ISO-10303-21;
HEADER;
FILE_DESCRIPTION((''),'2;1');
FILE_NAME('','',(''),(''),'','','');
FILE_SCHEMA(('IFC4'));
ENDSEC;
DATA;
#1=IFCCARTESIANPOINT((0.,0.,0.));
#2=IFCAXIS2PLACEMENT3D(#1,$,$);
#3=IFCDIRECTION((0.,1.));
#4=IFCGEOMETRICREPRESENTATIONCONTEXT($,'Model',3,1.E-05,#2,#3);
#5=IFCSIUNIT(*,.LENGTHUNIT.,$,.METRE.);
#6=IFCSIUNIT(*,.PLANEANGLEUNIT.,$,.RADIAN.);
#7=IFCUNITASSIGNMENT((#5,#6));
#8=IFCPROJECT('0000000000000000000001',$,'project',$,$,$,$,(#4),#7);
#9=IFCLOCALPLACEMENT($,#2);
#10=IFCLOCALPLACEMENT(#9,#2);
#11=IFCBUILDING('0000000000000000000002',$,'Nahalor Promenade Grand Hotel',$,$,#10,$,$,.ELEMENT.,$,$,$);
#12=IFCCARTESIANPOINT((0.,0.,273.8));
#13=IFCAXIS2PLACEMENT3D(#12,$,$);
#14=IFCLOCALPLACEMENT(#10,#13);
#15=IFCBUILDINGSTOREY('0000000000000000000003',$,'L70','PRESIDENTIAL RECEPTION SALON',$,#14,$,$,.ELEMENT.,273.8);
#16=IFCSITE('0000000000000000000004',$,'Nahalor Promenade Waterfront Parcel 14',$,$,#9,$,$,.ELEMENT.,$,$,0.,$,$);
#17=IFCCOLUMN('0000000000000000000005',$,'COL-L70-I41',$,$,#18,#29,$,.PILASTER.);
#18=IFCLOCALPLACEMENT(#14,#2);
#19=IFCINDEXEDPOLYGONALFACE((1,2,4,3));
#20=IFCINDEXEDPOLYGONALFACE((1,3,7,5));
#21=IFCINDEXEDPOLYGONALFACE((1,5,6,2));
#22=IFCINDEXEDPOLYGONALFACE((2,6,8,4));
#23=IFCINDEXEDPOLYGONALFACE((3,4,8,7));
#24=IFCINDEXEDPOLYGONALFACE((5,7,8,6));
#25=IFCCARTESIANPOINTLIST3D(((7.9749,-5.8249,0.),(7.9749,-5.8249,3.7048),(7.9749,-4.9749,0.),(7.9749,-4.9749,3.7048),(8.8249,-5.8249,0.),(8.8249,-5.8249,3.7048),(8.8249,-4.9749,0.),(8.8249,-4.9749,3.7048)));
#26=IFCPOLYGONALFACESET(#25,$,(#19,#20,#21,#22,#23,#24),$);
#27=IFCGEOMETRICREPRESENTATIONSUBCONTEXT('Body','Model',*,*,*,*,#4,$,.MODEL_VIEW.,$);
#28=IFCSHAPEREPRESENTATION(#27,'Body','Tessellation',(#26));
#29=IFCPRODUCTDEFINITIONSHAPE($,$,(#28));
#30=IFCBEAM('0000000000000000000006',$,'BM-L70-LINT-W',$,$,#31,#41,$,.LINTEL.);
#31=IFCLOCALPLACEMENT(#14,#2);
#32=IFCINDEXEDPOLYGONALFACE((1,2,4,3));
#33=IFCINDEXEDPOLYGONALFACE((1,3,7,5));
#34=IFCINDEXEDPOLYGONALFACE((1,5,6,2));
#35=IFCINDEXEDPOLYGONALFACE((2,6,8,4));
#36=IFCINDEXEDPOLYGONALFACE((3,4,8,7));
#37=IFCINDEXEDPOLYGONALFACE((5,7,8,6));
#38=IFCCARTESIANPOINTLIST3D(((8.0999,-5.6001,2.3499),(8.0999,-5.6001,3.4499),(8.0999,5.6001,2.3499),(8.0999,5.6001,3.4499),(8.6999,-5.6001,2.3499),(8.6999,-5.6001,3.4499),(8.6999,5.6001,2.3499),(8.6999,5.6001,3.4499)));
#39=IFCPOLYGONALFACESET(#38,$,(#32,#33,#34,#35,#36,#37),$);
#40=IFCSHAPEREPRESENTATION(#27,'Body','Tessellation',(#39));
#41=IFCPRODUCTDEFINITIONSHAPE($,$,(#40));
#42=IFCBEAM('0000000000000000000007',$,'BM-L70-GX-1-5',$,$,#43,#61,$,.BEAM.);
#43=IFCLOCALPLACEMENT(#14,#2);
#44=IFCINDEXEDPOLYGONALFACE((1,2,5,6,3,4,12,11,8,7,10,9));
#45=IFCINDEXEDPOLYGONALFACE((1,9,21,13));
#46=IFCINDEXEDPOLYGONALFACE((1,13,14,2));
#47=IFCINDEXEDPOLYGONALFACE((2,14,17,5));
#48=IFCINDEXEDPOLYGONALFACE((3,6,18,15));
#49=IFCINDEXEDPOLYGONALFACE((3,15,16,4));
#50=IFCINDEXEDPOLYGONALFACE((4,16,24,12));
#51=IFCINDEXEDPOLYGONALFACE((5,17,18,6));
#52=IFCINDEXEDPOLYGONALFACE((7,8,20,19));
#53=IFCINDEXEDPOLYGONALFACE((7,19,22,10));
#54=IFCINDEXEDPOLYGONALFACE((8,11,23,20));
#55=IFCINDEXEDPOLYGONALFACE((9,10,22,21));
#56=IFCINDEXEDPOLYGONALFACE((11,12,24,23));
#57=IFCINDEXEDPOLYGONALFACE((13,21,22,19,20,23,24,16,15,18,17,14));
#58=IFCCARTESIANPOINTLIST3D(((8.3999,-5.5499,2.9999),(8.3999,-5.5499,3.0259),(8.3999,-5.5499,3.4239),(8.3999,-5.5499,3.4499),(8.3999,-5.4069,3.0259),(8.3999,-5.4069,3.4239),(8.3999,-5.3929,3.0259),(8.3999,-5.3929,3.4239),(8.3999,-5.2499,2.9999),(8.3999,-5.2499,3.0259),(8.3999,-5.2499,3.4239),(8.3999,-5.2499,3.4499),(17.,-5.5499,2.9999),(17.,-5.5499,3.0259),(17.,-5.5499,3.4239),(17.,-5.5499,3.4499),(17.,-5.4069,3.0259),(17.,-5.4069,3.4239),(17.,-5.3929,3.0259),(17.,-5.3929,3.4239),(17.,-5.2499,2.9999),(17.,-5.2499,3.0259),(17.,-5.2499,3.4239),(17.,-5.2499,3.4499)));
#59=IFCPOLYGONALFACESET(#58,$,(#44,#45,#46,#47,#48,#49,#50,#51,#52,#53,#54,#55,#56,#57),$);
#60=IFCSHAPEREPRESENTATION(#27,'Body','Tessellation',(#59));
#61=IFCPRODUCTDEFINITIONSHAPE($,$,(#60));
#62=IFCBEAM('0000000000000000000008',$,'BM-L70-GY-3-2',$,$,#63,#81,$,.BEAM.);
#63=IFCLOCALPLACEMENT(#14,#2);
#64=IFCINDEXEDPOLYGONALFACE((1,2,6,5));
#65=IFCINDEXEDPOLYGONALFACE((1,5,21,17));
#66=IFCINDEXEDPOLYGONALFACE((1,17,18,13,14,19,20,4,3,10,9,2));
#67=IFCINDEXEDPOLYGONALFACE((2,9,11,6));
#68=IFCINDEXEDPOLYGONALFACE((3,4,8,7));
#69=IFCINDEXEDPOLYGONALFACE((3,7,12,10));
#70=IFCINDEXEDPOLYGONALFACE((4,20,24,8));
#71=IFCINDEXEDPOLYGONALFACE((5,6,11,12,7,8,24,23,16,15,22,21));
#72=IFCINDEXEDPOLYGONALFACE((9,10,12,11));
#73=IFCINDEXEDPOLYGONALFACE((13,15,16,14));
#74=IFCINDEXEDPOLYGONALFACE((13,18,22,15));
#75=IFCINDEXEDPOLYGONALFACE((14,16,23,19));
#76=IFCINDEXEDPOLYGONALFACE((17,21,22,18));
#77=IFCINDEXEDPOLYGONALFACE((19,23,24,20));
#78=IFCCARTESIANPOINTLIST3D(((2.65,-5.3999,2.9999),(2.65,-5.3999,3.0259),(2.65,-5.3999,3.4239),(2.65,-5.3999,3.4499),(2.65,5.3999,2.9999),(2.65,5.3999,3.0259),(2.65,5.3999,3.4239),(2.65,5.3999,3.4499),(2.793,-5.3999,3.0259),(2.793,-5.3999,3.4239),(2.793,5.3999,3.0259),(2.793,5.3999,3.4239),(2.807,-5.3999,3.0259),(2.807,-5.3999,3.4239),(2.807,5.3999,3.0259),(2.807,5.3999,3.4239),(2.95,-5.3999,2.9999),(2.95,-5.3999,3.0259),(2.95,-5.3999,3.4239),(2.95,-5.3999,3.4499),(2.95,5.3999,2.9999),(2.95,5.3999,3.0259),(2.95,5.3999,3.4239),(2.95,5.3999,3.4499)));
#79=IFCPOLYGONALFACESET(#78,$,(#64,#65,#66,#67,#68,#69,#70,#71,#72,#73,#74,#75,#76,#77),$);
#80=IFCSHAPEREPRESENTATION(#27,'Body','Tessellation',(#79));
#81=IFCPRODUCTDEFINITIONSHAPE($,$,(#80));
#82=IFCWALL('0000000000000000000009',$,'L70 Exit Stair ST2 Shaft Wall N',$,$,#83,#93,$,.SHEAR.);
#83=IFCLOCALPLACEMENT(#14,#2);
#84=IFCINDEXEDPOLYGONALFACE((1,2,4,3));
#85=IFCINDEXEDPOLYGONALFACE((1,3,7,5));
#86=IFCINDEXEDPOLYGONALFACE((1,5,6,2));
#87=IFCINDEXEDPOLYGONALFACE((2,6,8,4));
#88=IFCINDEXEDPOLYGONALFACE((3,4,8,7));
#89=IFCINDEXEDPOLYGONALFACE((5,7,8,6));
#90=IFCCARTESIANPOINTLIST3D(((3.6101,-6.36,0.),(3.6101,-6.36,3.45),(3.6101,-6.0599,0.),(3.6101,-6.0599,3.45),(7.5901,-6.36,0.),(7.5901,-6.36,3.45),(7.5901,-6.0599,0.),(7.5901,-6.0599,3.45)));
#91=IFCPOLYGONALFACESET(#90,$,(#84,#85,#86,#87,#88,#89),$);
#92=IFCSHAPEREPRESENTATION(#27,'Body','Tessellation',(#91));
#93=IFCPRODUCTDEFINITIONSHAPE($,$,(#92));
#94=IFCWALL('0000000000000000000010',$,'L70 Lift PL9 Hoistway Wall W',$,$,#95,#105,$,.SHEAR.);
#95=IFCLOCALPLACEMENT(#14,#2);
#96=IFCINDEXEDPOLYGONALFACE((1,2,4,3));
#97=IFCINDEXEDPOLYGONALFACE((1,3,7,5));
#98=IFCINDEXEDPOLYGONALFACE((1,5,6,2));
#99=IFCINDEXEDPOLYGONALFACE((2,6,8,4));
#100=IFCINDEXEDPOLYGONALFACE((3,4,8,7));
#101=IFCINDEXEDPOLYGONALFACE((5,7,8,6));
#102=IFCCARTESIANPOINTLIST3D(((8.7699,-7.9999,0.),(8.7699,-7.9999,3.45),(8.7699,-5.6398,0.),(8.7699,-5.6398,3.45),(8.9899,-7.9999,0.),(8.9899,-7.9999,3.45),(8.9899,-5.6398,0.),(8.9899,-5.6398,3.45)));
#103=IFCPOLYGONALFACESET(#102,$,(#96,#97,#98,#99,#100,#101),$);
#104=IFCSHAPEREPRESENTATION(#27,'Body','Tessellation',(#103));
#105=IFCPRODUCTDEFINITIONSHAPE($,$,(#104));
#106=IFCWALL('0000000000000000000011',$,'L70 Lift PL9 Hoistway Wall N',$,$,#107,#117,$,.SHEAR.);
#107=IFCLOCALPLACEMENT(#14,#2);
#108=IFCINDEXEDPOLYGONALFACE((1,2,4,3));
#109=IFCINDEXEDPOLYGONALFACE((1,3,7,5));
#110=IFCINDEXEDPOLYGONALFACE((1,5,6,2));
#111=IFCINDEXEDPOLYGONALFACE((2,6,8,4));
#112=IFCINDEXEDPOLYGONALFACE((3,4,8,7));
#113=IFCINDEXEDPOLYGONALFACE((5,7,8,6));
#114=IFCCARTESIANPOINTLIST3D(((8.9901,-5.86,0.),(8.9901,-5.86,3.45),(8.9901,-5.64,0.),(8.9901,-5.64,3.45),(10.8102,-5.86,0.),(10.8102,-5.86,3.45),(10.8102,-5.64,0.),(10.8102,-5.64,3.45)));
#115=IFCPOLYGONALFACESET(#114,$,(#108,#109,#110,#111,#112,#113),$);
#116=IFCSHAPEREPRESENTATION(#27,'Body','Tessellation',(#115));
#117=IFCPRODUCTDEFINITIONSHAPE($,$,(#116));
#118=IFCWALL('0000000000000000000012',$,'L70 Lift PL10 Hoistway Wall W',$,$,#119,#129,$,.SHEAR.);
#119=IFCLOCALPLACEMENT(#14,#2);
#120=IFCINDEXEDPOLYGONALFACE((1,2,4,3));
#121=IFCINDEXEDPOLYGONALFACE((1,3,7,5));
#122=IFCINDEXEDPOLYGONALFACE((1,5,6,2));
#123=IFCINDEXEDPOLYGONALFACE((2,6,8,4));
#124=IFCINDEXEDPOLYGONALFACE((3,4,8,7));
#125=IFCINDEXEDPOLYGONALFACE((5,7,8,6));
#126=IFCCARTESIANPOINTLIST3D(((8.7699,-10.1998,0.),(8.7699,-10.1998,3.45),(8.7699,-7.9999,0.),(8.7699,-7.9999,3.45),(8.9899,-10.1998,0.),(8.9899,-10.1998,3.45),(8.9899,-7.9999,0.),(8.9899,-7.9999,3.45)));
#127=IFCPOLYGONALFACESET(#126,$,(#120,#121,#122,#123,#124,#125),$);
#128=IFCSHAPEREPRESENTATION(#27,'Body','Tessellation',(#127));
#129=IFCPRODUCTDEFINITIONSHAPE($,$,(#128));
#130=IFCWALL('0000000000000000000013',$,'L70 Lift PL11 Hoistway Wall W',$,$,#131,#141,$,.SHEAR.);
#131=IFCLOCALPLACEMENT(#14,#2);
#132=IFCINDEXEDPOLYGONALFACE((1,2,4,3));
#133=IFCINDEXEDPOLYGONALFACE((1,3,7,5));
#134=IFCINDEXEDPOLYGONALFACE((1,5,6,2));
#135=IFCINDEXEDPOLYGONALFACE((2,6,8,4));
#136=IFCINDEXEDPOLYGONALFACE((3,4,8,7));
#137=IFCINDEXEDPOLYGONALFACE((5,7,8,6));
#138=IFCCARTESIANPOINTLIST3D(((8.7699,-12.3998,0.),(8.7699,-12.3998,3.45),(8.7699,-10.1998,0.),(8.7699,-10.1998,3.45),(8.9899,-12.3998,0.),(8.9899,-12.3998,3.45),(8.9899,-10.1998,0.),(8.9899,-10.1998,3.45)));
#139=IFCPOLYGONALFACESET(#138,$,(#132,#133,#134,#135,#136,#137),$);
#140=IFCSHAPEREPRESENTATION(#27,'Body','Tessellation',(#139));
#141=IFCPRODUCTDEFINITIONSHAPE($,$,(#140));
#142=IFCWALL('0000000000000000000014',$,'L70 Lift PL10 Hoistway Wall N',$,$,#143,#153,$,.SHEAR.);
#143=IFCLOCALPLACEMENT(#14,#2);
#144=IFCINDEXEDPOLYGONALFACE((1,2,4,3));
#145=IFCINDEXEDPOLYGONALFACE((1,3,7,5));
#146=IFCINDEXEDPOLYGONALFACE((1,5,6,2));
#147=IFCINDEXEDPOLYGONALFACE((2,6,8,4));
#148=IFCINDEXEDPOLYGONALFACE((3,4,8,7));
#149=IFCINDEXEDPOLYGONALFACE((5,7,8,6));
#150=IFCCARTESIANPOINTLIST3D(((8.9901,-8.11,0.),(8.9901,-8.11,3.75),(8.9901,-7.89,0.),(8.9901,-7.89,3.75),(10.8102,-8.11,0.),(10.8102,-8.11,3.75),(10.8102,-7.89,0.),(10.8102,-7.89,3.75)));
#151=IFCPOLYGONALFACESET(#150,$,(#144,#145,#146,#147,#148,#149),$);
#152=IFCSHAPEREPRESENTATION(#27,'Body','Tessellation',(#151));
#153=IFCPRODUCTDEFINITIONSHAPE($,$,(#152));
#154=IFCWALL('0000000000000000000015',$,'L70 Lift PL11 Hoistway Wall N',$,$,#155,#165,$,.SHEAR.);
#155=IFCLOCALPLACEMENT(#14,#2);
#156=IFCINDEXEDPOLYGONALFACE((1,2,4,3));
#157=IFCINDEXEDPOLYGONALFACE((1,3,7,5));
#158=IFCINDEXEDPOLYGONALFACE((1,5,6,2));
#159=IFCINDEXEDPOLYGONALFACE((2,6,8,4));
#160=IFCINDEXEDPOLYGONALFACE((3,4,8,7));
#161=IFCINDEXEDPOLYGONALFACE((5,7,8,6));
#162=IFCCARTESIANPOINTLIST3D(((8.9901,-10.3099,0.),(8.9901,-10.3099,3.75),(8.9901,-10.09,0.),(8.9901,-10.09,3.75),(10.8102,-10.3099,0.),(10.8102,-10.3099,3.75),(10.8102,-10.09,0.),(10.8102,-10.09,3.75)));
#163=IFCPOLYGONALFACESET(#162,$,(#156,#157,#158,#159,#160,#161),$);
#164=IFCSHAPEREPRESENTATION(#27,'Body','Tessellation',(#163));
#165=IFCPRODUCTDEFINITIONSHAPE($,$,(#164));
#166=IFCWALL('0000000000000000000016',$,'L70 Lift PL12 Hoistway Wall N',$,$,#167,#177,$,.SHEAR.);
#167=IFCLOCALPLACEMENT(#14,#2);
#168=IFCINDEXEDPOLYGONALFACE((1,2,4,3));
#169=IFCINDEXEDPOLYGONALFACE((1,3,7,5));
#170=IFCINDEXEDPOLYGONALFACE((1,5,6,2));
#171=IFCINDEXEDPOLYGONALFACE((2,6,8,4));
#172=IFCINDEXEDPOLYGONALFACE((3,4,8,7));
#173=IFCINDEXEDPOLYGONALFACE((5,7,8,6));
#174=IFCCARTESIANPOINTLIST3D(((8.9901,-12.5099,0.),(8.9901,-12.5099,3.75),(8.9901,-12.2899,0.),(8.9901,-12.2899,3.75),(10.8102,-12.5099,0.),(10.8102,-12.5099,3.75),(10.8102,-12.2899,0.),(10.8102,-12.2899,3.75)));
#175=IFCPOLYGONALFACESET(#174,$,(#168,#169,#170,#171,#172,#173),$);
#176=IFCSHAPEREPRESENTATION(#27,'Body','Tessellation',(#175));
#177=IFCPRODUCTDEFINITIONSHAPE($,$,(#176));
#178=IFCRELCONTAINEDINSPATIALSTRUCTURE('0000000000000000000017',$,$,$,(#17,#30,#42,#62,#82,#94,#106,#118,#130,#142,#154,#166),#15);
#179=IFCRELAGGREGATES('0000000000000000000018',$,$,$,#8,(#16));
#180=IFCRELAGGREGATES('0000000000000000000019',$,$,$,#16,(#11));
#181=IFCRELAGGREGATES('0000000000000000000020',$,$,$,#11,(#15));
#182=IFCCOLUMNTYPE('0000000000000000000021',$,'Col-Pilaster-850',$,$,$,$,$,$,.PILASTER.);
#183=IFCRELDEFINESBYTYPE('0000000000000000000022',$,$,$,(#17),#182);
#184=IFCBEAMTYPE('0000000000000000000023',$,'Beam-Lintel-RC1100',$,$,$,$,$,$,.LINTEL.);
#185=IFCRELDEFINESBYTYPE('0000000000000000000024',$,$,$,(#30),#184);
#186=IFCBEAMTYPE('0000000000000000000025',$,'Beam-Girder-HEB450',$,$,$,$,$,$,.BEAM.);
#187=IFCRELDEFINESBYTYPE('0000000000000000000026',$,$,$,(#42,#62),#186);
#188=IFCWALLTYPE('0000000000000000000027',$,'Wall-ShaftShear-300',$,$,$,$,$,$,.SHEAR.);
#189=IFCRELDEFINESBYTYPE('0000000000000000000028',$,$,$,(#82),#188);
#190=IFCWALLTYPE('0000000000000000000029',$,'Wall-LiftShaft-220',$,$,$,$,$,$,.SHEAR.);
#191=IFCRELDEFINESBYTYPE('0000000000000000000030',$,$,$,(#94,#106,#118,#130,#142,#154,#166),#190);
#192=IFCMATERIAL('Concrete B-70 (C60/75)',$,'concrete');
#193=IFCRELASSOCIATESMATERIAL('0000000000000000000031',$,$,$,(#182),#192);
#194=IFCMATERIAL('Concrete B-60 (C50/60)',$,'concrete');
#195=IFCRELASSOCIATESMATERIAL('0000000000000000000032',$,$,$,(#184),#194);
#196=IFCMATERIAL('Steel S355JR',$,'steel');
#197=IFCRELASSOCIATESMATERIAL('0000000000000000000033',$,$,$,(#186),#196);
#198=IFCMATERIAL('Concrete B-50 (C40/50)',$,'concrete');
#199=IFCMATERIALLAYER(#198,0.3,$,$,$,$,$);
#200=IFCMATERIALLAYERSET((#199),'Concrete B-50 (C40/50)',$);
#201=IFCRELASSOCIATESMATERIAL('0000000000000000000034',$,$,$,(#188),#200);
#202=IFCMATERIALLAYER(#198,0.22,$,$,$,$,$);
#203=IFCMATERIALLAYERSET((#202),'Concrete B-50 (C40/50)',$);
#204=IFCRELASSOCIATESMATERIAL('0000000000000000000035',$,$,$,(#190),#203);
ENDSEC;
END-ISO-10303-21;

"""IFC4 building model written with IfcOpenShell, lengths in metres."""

from ifc_helpers import new_model, si_unit, direction, frame, frame_2d, origin, origin_2d, place, context, subcontext, project, spatial, rectangle, i_section, extrude, source, transform, mapped, material, layer, layer_set, material_profile, profile_set, type_object, element, save


model = new_model("IFC4")

# Units and contexts
model_context = context("Model", 3, precision=1e-05, world=origin(), true_north=direction((0.0, 1.0)))
body_context = subcontext(model_context, "Body", "Model", "MODEL_VIEW")
ifc_project = project(units=[si_unit("LENGTHUNIT", "METRE"), si_unit("PLANEANGLEUNIT", "RADIAN")], contexts=[model_context])

# Site, building, storey
site_placement = place(None, origin())
site = spatial("IfcSite", under=ifc_project, at=site_placement, Name="Nahalor Promenade Waterfront Parcel 14", CompositionType="ELEMENT", RefElevation=0.0)
building_placement = place(site_placement, origin())
building = spatial("IfcBuilding", under=site, at=building_placement, Name="Nahalor Promenade Grand Hotel", CompositionType="ELEMENT")
storey_placement = place(building_placement, frame((0.0, 0.0, 273.8)))
storey = spatial("IfcBuildingStorey", under=building, at=storey_placement, Name="L70", Description="PRESIDENTIAL RECEPTION SALON", CompositionType="ELEMENT", Elevation=273.8)

# Column
ifc_material_1 = material(Name="Concrete B-70 (C60/75)", Category="concrete")
ifc_material_profile_1 = material_profile(ifc_material_1, rectangle(XDim=0.85, YDim=0.85, at=origin_2d()), Name="RC 850x850")
ifc_profile_set_1 = profile_set([ifc_material_profile_1], Name="Concrete B-70 (C60/75)")
column_type = type_object("IfcColumnType", Name="Col-Pilaster-850", PredefinedType="PILASTER", material=ifc_profile_set_1)
shared_shape_1 = source(origin(), body_context, "Body", "SweptSolid", [
    extrude(rectangle(XDim=0.85, YDim=0.85, at=origin_2d()), origin(), (0.0, 0.0, 1.0), 3.7048),
])
column_placement = place(storey_placement, frame((8.3999, -5.3999, 0.0), z_axis=(0.0, 0.0, 1.0), x_axis=(1.0, 0.0, 0.0)))
element("IfcColumn", 1, at=column_placement, inside=storey, type_object=column_type, Name="COL-L70-I41", PredefinedType="PILASTER", context=body_context, shape_type="MappedRepresentation", body=[
    mapped(shared_shape_1, transform((0.0, 0.0, 0.0), scale=1.0)),
])

# Beams
ifc_material_2 = material(Name="Concrete B-60 (C50/60)", Category="concrete")
ifc_material_profile_2 = material_profile(ifc_material_2, rectangle(XDim=0.6, YDim=1.1, at=origin_2d()), Name="RC 600x1100")
ifc_profile_set_2 = profile_set([ifc_material_profile_2], Name="Concrete B-60 (C50/60)")
beam_type_1 = type_object("IfcBeamType", Name="Beam-Lintel-RC1100", PredefinedType="LINTEL", material=ifc_profile_set_2)
shared_shape_2 = source(origin(), body_context, "Body", "SweptSolid", [
    extrude(rectangle(XDim=0.6, YDim=1.1, at=origin_2d()), origin(), (0.0, 0.0, 1.0), 11.2002),
])
beam_1_placement = place(storey_placement, frame((8.3999, -5.6001, 2.8999), z_axis=(0.0, 1.0, 0.0), x_axis=(-1.0, 0.0, 0.0)))
element("IfcBeam", 2, at=beam_1_placement, inside=storey, type_object=beam_type_1, Name="BM-L70-LINT-W", PredefinedType="LINTEL", context=body_context, shape_type="MappedRepresentation", body=[
    mapped(shared_shape_2, transform((0.0, 0.0, 0.0), scale=1.0)),
])
ifc_material_3 = material(Name="Steel S355JR", Category="steel")
ifc_material_profile_3 = material_profile(ifc_material_3, i_section(OverallWidth=0.3, OverallDepth=0.45, WebThickness=0.014, FlangeThickness=0.026, at=origin_2d()), Name="HEB 450")
ifc_profile_set_3 = profile_set([ifc_material_profile_3], Name="Steel S355JR")
beam_type_2 = type_object("IfcBeamType", Name="Beam-Girder-HEB450", PredefinedType="BEAM", material=ifc_profile_set_3)
shared_shape_3 = source(origin(), body_context, "Body", "SweptSolid", [
    extrude(i_section(OverallWidth=0.3, OverallDepth=0.45, WebThickness=0.014, FlangeThickness=0.026, at=origin_2d()), origin(), (0.0, 0.0, 1.0), 8.6001),
])
beam_2_placement = place(storey_placement, frame((8.3999, -5.3999, 3.2249), z_axis=(1.0, 0.0, 0.0), x_axis=(0.0, 1.0, 0.0)))
element("IfcBeam", 3, at=beam_2_placement, inside=storey, type_object=beam_type_2, Name="BM-L70-GX-1-5", PredefinedType="BEAM", context=body_context, shape_type="MappedRepresentation", body=[
    mapped(shared_shape_3, transform((0.0, 0.0, 0.0), scale=1.0)),
])
shared_shape_4 = source(origin(), body_context, "Body", "SweptSolid", [
    extrude(i_section(OverallWidth=0.3, OverallDepth=0.45, WebThickness=0.014, FlangeThickness=0.026, at=origin_2d()), origin(), (0.0, 0.0, 1.0), 10.7998),
])
beam_3_placement = place(storey_placement, frame((2.8, -5.3999, 3.2249), z_axis=(0.0, 1.0, 0.0), x_axis=(-1.0, 0.0, 0.0)))
element("IfcBeam", 4, at=beam_3_placement, inside=storey, type_object=beam_type_2, Name="BM-L70-GY-3-2", PredefinedType="BEAM", context=body_context, shape_type="MappedRepresentation", body=[
    mapped(shared_shape_4, transform((0.0, 0.0, 0.0), scale=1.0)),
])

# Walls
ifc_material_4 = material(Name="Concrete B-50 (C40/50)", Category="concrete")
ifc_layer_1 = layer(ifc_material_4, 0.3)
ifc_layer_set_1 = layer_set([ifc_layer_1], Name="Concrete B-50 (C40/50)")
wall_type_1 = type_object("IfcWallType", Name="Wall-ShaftShear-300", PredefinedType="SHEAR", material=ifc_layer_set_1)
shared_shape_5 = source(origin(), body_context, "Body", "SweptSolid", [
    extrude(rectangle(XDim=3.98, YDim=0.3, at=frame_2d((1.99, 0.0))), origin(), (0.0, 0.0, 1.0), 3.45),
])
wall_1_placement = place(storey_placement, frame((3.6101, -6.21, 0.0), z_axis=(0.0, 0.0, 1.0), x_axis=(1.0, 0.0, 0.0)))
element("IfcWall", 5, at=wall_1_placement, inside=storey, type_object=wall_type_1, Name="L70 Exit Stair ST2 Shaft Wall N", PredefinedType="SHEAR", context=body_context, shape_type="MappedRepresentation", body=[
    mapped(shared_shape_5, transform((0.0, 0.0, 0.0), scale=1.0)),
])
ifc_layer_2 = layer(ifc_material_4, 0.22)
ifc_layer_set_2 = layer_set([ifc_layer_2], Name="Concrete B-50 (C40/50)")
wall_type_2 = type_object("IfcWallType", Name="Wall-LiftShaft-220", PredefinedType="SHEAR", material=ifc_layer_set_2)
shared_shape_6 = source(origin(), body_context, "Body", "SweptSolid", [
    extrude(rectangle(XDim=2.3601, YDim=0.22, at=frame_2d((1.1802, 0.0))), origin(), (0.0, 0.0, 1.0), 3.45),
])
wall_2_placement = place(storey_placement, frame((8.8799, -8.0, 0.0), z_axis=(0.0, 0.0, 1.0), x_axis=(0.0, 1.0, 0.0)))
element("IfcWall", 6, at=wall_2_placement, inside=storey, type_object=wall_type_2, Name="L70 Lift PL9 Hoistway Wall W", PredefinedType="SHEAR", context=body_context, shape_type="MappedRepresentation", body=[
    mapped(shared_shape_6, transform((0.0, 0.0, 0.0), scale=1.0)),
])
shared_shape_7 = source(origin(), body_context, "Body", "SweptSolid", [
    extrude(rectangle(XDim=1.8201, YDim=0.22, at=frame_2d((0.9102, 0.0))), origin(), (0.0, 0.0, 1.0), 3.45),
])
wall_3_placement = place(storey_placement, frame((8.99, -5.75, 0.0), z_axis=(0.0, 0.0, 1.0), x_axis=(1.0, 0.0, 0.0)))
element("IfcWall", 7, at=wall_3_placement, inside=storey, type_object=wall_type_2, Name="L70 Lift PL9 Hoistway Wall N", PredefinedType="SHEAR", context=body_context, shape_type="MappedRepresentation", body=[
    mapped(shared_shape_7, transform((0.0, 0.0, 0.0), scale=1.0)),
])
shared_shape_8 = source(origin(), body_context, "Body", "SweptSolid", [
    extrude(rectangle(XDim=2.2, YDim=0.22, at=frame_2d((1.1001, 0.0))), origin(), (0.0, 0.0, 1.0), 3.45),
])
for number, where, z_axis, x_axis, name in (
    (8, (8.8799, -10.2, 0.0), (0.0, 0.0, 1.0), (0.0, 1.0, 0.0), "L70 Lift PL10 Hoistway Wall W"),
    (9, (8.8799, -12.3999, 0.0), (0.0, 0.0, 1.0), (0.0, 1.0, 0.0), "L70 Lift PL11 Hoistway Wall W"),
):
    element("IfcWall", number, at=place(storey_placement, frame(where, z_axis=z_axis, x_axis=x_axis)), inside=storey, type_object=wall_type_2, Name=name, PredefinedType="SHEAR", context=body_context, shape_type="MappedRepresentation", body=[
        mapped(shared_shape_8, transform((0.0, 0.0, 0.0), scale=1.0)),
    ])
shared_shape_9 = source(origin(), body_context, "Body", "SweptSolid", [
    extrude(rectangle(XDim=1.8201, YDim=0.22, at=frame_2d((0.9102, 0.0))), origin(), (0.0, 0.0, 1.0), 3.75),
])
for number, where, z_axis, x_axis, name in (
    (10, (8.99, -8.0, 0.0), (0.0, 0.0, 1.0), (1.0, 0.0, 0.0), "L70 Lift PL10 Hoistway Wall N"),
    (11, (8.99, -10.2, 0.0), (0.0, 0.0, 1.0), (1.0, 0.0, 0.0), "L70 Lift PL11 Hoistway Wall N"),
    (12, (8.99, -12.3999, 0.0), (0.0, 0.0, 1.0), (1.0, 0.0, 0.0), "L70 Lift PL12 Hoistway Wall N"),
):
    element("IfcWall", number, at=place(storey_placement, frame(where, z_axis=z_axis, x_axis=x_axis)), inside=storey, type_object=wall_type_2, Name=name, PredefinedType="SHEAR", context=body_context, shape_type="MappedRepresentation", body=[
        mapped(shared_shape_9, transform((0.0, 0.0, 0.0), scale=1.0)),
    ])

save(model, "model.ifc")
